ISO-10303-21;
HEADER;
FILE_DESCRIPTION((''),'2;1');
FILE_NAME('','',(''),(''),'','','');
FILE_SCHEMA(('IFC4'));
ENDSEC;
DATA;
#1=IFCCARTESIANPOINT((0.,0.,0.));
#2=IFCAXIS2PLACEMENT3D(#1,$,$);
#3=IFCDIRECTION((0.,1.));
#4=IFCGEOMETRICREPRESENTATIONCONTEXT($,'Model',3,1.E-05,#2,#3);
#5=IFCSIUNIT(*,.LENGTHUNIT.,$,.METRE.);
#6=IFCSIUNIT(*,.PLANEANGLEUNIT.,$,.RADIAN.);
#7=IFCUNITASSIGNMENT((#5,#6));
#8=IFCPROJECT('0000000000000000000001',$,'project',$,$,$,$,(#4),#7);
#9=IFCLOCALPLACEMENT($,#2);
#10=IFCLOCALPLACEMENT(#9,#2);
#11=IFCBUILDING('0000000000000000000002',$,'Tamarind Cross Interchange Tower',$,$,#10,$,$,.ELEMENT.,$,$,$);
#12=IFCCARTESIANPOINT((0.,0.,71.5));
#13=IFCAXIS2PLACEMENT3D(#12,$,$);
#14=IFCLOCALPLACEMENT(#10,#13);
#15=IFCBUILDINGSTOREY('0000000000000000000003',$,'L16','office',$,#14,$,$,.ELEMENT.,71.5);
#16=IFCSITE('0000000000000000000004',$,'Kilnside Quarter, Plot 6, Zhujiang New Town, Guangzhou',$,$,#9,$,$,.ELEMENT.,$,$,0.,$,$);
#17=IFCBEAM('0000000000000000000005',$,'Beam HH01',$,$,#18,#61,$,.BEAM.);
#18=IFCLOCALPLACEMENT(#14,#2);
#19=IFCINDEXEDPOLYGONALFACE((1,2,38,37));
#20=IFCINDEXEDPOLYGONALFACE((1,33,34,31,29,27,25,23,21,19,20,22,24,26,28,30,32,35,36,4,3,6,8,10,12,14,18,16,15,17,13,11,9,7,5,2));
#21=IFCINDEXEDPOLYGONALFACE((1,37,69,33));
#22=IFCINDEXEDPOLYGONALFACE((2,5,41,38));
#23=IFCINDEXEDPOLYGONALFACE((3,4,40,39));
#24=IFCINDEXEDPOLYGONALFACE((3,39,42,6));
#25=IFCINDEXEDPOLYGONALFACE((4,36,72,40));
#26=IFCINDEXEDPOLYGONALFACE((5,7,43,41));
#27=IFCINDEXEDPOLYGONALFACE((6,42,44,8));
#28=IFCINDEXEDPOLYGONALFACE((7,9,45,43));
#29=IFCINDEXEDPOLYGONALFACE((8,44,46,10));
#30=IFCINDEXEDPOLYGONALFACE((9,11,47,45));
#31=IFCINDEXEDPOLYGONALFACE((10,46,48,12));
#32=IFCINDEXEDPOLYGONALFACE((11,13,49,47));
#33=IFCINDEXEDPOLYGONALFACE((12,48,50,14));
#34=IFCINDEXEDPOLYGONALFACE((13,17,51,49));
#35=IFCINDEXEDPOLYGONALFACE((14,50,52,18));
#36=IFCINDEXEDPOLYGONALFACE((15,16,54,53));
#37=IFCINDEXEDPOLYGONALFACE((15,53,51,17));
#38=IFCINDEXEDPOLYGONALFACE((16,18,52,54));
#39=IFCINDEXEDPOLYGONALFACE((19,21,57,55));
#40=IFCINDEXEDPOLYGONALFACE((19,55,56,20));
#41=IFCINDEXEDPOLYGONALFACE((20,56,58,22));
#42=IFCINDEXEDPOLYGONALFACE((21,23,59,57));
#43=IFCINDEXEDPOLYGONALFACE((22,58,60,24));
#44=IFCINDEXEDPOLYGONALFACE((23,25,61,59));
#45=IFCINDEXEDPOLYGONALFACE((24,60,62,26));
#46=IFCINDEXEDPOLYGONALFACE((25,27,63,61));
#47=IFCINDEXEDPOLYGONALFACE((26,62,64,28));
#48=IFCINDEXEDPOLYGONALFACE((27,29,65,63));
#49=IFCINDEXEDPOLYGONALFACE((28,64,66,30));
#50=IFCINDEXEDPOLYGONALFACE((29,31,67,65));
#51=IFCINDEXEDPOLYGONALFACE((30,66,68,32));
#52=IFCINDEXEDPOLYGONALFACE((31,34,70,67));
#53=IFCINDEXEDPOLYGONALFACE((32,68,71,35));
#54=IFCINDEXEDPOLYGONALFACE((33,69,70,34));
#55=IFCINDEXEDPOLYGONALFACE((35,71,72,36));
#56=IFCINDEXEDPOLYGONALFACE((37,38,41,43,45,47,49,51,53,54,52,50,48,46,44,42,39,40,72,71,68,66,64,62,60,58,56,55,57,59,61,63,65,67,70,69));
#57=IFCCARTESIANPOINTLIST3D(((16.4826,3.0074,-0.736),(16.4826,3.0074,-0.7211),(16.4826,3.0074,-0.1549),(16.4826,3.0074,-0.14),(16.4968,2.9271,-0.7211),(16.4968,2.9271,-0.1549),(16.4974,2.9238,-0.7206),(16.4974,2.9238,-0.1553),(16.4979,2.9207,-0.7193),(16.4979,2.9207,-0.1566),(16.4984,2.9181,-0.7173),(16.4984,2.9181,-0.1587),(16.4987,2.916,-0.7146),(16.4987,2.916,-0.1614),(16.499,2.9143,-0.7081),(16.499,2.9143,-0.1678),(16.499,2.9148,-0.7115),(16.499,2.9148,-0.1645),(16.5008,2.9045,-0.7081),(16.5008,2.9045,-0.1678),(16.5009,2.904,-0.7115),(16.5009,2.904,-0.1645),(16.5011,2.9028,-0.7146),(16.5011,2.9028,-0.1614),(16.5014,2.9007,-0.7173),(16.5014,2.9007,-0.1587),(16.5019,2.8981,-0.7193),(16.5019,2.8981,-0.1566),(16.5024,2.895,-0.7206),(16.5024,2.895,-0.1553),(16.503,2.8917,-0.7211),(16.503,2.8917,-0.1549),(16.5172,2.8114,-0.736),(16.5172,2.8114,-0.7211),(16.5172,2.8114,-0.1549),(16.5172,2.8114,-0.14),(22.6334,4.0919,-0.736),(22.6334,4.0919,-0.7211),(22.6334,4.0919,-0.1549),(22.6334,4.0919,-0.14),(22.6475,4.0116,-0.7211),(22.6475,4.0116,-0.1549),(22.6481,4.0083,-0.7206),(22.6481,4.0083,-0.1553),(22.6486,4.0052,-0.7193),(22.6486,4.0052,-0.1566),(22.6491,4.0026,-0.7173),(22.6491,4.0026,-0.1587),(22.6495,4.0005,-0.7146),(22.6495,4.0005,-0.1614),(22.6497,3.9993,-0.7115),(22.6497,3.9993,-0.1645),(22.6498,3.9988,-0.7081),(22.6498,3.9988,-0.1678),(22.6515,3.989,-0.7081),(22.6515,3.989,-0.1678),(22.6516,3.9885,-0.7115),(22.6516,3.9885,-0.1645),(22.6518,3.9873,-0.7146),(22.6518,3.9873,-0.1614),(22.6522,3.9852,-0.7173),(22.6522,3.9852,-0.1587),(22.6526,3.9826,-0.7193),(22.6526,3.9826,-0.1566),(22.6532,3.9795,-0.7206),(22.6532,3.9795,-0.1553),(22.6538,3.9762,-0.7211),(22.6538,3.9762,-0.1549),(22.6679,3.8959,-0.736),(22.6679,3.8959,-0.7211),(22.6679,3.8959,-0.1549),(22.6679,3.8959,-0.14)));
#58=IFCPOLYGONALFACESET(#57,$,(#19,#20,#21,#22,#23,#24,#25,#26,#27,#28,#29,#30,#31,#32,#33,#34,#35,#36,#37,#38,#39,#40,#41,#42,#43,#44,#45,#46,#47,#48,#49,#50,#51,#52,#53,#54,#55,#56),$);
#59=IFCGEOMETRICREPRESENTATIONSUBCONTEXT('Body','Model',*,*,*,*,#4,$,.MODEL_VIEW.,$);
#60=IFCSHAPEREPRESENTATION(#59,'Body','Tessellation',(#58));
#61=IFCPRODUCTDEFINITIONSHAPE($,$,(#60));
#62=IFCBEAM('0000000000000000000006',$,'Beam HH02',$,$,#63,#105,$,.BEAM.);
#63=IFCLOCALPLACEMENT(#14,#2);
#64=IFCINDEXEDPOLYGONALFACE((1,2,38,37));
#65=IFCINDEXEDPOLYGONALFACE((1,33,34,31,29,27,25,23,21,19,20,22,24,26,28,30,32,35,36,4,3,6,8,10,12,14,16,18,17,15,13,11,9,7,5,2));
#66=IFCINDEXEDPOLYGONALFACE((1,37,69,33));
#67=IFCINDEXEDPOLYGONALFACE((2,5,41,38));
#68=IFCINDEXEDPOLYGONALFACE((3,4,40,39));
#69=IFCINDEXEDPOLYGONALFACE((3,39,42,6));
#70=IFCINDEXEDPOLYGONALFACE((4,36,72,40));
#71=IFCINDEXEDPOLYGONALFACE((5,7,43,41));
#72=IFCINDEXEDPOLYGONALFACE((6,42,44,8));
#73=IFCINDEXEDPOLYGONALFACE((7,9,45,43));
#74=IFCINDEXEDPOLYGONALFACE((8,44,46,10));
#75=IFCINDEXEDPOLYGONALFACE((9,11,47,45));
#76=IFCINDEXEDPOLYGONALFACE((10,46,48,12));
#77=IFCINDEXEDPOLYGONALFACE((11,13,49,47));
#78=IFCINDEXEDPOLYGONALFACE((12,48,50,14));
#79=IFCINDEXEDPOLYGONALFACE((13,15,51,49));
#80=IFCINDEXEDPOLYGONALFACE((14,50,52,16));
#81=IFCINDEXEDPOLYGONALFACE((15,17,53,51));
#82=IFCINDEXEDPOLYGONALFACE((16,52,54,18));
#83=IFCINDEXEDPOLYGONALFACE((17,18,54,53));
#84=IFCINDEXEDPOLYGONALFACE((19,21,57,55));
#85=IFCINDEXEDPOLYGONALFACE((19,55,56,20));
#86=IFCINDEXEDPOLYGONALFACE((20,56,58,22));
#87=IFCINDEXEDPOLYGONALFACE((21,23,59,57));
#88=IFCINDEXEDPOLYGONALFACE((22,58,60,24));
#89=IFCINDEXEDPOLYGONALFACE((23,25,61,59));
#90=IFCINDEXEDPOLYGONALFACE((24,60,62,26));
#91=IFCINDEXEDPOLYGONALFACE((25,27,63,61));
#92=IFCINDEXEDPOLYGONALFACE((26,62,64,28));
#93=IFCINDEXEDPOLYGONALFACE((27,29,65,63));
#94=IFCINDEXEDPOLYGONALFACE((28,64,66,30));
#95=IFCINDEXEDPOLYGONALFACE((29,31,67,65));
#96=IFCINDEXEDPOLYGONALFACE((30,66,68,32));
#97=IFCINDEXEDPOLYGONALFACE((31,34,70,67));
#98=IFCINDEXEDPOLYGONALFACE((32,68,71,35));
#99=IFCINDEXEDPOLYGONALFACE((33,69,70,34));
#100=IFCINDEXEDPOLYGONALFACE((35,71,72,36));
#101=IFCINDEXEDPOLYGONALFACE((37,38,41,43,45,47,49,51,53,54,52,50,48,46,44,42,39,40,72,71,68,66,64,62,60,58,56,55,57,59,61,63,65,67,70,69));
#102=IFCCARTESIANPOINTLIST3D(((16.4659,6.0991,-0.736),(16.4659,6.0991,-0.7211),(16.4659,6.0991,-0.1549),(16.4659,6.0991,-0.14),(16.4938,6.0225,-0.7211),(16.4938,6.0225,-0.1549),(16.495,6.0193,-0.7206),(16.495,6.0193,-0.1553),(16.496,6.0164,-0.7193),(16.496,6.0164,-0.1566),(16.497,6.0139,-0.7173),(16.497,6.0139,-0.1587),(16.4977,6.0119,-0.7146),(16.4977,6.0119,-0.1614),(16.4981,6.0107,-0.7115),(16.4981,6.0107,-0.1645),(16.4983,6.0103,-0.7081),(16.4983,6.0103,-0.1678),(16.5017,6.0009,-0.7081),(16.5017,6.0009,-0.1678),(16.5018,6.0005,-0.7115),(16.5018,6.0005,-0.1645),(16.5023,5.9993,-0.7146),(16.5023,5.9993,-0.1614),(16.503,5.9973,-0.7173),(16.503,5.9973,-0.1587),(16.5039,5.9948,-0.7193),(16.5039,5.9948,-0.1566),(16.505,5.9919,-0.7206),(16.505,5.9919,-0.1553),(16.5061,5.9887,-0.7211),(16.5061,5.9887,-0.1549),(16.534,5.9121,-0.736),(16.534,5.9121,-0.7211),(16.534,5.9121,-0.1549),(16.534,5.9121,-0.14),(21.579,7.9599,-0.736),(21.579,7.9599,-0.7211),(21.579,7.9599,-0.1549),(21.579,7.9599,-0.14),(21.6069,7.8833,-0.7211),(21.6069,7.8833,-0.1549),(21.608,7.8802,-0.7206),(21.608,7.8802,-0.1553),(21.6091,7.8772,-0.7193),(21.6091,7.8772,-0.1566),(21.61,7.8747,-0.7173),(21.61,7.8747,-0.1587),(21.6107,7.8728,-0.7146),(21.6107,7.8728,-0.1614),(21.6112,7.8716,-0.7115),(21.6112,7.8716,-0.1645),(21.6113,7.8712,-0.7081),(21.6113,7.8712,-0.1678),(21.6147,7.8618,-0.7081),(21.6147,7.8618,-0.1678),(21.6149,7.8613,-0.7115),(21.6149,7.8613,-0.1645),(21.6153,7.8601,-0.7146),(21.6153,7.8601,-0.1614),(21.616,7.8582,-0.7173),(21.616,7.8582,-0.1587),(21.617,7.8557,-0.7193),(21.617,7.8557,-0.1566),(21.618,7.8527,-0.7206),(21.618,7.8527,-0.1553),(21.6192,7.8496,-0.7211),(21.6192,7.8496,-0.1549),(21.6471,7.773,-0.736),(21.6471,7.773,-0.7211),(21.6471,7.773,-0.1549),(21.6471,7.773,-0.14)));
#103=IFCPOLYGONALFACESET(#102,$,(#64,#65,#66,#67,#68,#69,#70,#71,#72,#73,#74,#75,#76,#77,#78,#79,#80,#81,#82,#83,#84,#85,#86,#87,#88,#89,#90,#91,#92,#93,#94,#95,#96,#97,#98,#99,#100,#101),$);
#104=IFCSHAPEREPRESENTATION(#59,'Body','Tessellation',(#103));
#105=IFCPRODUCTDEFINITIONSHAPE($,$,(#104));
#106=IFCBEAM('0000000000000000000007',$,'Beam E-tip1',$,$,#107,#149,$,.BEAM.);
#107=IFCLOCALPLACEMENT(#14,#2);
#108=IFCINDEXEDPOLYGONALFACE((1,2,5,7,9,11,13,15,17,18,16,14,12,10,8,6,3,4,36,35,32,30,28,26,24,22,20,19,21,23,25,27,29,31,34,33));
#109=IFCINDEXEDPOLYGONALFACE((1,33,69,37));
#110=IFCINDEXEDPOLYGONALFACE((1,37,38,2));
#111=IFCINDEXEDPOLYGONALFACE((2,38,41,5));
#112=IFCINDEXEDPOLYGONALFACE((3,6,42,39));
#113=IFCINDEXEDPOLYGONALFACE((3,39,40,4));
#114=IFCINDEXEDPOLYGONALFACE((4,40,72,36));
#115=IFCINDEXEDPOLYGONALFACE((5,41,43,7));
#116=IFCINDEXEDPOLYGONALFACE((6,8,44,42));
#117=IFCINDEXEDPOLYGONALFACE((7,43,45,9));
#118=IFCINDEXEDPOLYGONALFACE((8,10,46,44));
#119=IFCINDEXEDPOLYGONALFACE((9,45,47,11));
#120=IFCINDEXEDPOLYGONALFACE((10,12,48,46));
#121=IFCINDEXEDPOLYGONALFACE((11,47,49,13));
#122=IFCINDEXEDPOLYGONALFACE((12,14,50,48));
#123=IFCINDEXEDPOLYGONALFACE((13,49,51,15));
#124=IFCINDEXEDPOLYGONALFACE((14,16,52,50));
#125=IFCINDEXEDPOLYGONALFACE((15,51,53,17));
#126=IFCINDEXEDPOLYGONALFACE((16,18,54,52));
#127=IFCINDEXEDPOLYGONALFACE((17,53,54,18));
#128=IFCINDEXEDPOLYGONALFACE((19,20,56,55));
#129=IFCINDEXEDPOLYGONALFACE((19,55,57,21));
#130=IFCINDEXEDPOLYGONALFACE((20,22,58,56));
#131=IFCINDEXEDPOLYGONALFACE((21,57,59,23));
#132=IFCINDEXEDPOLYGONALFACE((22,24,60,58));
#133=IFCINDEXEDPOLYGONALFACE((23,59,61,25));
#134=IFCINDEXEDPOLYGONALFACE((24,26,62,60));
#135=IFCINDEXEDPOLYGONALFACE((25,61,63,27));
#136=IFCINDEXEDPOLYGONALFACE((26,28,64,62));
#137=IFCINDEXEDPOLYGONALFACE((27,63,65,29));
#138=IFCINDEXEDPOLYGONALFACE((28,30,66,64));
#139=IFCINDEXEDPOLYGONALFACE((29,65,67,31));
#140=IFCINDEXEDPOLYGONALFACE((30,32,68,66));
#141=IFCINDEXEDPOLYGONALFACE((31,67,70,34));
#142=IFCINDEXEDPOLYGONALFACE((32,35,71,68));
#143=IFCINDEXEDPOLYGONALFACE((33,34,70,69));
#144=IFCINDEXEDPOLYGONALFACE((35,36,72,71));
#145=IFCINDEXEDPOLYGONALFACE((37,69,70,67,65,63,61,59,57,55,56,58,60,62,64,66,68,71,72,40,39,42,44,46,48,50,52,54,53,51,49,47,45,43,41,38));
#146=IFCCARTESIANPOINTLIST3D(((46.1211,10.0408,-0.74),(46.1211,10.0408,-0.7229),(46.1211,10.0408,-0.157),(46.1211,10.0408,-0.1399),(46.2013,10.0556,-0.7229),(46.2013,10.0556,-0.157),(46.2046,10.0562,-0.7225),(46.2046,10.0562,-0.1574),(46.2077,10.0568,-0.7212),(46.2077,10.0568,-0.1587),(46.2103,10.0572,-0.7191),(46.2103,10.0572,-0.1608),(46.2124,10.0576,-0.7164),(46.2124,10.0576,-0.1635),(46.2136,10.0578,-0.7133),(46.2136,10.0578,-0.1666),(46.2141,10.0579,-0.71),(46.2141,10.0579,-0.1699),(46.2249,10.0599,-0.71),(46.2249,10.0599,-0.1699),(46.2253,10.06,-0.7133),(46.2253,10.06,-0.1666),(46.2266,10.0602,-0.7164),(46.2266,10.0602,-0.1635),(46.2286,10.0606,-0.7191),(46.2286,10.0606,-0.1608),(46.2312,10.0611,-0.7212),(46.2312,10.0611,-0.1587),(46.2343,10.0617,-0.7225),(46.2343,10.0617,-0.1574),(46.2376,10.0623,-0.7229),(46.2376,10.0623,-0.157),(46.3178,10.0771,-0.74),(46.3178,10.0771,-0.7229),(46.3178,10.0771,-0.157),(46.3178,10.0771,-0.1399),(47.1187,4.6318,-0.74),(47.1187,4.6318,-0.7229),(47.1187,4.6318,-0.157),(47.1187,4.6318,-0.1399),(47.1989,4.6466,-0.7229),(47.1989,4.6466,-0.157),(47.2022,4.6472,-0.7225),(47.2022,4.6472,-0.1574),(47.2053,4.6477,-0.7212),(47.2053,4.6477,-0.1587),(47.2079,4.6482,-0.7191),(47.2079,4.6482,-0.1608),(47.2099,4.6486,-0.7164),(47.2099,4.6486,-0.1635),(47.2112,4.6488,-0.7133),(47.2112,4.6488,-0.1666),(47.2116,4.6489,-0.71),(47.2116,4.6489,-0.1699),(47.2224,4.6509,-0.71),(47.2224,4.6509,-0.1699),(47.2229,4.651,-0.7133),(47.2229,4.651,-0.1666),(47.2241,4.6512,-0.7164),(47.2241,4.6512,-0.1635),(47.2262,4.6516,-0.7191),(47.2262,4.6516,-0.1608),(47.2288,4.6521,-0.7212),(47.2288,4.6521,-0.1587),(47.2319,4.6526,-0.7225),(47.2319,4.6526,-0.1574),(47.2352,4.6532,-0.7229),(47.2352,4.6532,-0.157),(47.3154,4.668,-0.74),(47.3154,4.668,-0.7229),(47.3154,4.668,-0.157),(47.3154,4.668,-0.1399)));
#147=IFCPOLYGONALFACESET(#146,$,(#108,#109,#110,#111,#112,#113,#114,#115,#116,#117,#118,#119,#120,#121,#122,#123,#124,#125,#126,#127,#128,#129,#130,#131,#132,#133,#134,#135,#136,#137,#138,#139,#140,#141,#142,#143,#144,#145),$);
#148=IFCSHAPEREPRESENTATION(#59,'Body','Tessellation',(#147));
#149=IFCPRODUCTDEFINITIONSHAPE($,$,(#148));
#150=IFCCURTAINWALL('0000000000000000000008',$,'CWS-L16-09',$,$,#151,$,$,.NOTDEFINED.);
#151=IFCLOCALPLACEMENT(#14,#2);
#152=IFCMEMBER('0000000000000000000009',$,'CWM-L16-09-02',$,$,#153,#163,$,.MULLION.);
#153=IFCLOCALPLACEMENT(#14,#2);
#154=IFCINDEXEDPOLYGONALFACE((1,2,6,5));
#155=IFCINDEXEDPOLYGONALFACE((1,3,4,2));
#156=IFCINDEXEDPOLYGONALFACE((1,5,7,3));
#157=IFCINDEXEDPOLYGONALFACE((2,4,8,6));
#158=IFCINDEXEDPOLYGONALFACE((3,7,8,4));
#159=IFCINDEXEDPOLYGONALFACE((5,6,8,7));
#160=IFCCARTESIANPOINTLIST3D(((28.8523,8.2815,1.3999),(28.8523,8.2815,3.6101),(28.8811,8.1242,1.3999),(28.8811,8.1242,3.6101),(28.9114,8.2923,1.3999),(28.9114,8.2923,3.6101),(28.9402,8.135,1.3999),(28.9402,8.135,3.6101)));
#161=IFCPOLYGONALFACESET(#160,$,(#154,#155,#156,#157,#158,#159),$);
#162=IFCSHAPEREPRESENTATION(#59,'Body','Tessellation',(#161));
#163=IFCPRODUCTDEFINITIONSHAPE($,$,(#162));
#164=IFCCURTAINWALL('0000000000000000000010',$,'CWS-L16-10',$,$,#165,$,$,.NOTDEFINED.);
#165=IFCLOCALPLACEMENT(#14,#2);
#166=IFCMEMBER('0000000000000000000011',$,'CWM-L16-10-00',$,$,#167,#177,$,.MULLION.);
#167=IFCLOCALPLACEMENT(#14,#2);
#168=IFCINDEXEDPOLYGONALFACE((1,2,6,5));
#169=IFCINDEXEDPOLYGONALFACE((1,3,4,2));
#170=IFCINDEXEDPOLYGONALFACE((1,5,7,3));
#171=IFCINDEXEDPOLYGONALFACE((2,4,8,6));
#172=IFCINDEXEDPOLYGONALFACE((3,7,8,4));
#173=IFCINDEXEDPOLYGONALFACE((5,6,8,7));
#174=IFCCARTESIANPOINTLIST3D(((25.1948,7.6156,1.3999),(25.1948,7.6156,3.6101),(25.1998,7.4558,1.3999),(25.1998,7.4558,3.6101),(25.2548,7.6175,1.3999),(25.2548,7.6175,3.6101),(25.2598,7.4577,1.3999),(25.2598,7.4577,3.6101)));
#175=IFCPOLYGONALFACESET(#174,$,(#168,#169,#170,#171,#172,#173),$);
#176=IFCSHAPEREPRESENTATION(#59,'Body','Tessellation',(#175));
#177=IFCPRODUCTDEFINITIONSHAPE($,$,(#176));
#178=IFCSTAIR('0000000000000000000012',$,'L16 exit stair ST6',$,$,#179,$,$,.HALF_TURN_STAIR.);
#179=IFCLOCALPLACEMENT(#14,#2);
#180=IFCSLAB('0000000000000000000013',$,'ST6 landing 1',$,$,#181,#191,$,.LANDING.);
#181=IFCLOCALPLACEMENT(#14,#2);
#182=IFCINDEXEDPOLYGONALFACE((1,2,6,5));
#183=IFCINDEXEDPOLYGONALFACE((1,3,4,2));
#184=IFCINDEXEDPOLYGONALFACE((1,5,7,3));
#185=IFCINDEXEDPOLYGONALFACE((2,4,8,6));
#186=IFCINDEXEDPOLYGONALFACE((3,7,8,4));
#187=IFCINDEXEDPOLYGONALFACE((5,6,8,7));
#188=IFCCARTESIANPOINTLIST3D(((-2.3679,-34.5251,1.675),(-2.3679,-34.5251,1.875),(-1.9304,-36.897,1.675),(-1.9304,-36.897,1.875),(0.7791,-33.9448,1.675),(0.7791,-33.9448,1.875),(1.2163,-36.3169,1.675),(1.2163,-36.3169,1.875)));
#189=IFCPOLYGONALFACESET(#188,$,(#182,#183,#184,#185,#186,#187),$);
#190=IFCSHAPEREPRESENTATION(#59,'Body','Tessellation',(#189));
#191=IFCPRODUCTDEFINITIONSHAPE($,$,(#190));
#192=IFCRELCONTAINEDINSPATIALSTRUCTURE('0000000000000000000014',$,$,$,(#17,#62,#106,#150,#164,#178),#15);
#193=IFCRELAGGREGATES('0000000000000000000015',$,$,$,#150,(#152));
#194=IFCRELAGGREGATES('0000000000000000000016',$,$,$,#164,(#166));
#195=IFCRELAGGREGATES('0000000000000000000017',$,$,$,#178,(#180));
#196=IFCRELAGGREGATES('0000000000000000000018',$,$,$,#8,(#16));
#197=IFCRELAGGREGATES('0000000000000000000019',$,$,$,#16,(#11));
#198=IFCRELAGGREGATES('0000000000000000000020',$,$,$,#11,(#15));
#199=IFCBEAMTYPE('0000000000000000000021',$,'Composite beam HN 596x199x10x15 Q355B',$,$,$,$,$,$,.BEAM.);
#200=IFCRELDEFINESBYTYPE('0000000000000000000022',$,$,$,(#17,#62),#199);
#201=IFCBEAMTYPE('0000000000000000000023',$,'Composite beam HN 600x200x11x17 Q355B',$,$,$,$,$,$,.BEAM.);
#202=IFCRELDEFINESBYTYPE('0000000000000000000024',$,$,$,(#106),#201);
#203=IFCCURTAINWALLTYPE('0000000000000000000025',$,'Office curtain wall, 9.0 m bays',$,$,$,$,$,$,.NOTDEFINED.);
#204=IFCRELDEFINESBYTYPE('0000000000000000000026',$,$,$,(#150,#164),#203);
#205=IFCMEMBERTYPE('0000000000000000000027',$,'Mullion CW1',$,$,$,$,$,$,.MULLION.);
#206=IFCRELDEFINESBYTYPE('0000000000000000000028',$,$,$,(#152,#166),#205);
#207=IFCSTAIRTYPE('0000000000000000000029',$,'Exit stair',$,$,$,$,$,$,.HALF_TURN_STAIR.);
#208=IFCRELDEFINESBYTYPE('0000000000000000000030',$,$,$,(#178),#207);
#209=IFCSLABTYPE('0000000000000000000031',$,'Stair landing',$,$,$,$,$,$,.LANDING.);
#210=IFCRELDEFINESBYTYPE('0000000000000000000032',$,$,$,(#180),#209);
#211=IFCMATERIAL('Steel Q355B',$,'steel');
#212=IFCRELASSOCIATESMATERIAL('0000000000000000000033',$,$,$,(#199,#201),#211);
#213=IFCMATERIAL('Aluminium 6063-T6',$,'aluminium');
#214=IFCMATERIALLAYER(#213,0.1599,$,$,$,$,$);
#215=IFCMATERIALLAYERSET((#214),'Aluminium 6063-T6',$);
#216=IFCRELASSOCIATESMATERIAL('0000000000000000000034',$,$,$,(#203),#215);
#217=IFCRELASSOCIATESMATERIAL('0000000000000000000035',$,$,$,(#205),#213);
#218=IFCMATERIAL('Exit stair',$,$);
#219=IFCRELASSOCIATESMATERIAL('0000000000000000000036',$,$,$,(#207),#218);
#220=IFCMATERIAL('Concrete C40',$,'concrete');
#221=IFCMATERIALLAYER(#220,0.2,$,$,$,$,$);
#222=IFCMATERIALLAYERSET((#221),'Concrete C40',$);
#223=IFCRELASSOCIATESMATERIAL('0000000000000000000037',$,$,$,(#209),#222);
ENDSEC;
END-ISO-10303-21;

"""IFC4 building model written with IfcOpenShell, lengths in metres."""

from ifc_helpers import new_model, si_unit, direction, frame, origin, origin_2d, place, context, subcontext, project, spatial, polyline, rectangle, i_section, outline, extrude, material, layer, layer_set, material_profile, profile_set, type_object, element, aggregate, save


model = new_model("IFC4")

# Units and contexts
model_context = context("Model", 3, precision=1e-05, world=origin(), true_north=direction((0.0, 1.0)))
body_context = subcontext(model_context, "Body", "Model", "MODEL_VIEW")
ifc_project = project(units=[si_unit("LENGTHUNIT", "METRE"), si_unit("PLANEANGLEUNIT", "RADIAN")], contexts=[model_context])

# Site, building, storey
site_placement = place(None, origin())
site = spatial("IfcSite", under=ifc_project, at=site_placement, Name="Kilnside Quarter, Plot 6, Zhujiang New Town, Guangzhou", CompositionType="ELEMENT", RefElevation=0.0)
building_placement = place(site_placement, origin())
building = spatial("IfcBuilding", under=site, at=building_placement, Name="Tamarind Cross Interchange Tower", CompositionType="ELEMENT")
storey_placement = place(building_placement, frame((0.0, 0.0, 71.5)))
storey = spatial("IfcBuildingStorey", under=building, at=storey_placement, Name="L16", Description="office", CompositionType="ELEMENT", Elevation=71.5)

# Beams
ifc_material_1 = material(Name="Steel Q355B", Category="steel")
ifc_material_profile_1 = material_profile(ifc_material_1, i_section(OverallWidth=0.199, OverallDepth=0.5959, WebThickness=0.01, FlangeThickness=0.0149, FilletRadius=0.0129, at=origin_2d()), Name="HN 596x199x10x15")
ifc_profile_set_1 = profile_set([ifc_material_profile_1], Name="Steel Q355B")
beam_type_1 = type_object("IfcBeamType", Name="Composite beam HN 596x199x10x15 Q355B", PredefinedType="BEAM", material=ifc_profile_set_1)
beam_1_placement = place(storey_placement, frame((22.6506, 3.9939, -0.438), z_axis=(-0.984809, -0.17364, 0.0), x_axis=(0.17364, -0.984809, 0.0)))
element("IfcBeam", 1, at=beam_1_placement, inside=storey, type_object=beam_type_1, Name="Beam HH01", PredefinedType="BEAM", context=body_context, shape_type="SweptSolid", body=[
    extrude(i_section(OverallWidth=0.199, OverallDepth=0.5959, WebThickness=0.01, FlangeThickness=0.0149, FilletRadius=0.0129, at=origin_2d()), origin(), (0.0, 0.0, 1.0), 6.2456),
])
beam_2_placement = place(storey_placement, frame((21.613, 7.8665, -0.438), z_axis=(-0.939702, -0.341995, 0.0), x_axis=(0.341995, -0.939702, 0.0)))
element("IfcBeam", 2, at=beam_2_placement, inside=storey, type_object=beam_type_1, Name="Beam HH02", PredefinedType="BEAM", context=body_context, shape_type="SweptSolid", body=[
    extrude(i_section(OverallWidth=0.199, OverallDepth=0.5959, WebThickness=0.01, FlangeThickness=0.0149, FilletRadius=0.0129, at=origin_2d()), origin(), (0.0, 0.0, 1.0), 5.4412),
])
ifc_material_profile_2 = material_profile(ifc_material_1, i_section(OverallWidth=0.2, OverallDepth=0.6001, WebThickness=0.011, FlangeThickness=0.0171, FilletRadius=0.0129, at=origin_2d()), Name="HN 600x200x11x17")
ifc_profile_set_2 = profile_set([ifc_material_profile_2], Name="Steel Q355B")
beam_type_2 = type_object("IfcBeamType", Name="Composite beam HN 600x200x11x17 Q355B", PredefinedType="BEAM", material=ifc_profile_set_2)
beam_3_placement = place(storey_placement, frame((47.217, 4.6499, -0.4399), z_axis=(-0.181369, 0.983415, 0.0), x_axis=(-0.983415, -0.181369, 0.0)))
element("IfcBeam", 3, at=beam_3_placement, inside=storey, type_object=beam_type_2, Name="Beam E-tip1", PredefinedType="BEAM", context=body_context, shape_type="SweptSolid", body=[
    extrude(i_section(OverallWidth=0.2, OverallDepth=0.6001, WebThickness=0.011, FlangeThickness=0.0171, FilletRadius=0.0129, at=origin_2d()), origin(), (0.0, 0.0, 1.0), 5.5002),
])

# Curtain walls, members
ifc_material_2 = material(Name="Aluminium 6063-T6", Category="aluminium")
ifc_layer_1 = layer(ifc_material_2, 0.1599)
ifc_layer_set_1 = layer_set([ifc_layer_1], Name="Aluminium 6063-T6")
curtain_wall_type = type_object("IfcCurtainWallType", Name="Office curtain wall, 9.0 m bays", PredefinedType="NOTDEFINED", material=ifc_layer_set_1)
curtain_wall_1_placement = place(storey_placement, origin())
curtain_wall_1 = element("IfcCurtainWall", 4, at=curtain_wall_1_placement, inside=storey, type_object=curtain_wall_type, Name="CWS-L16-09", PredefinedType="NOTDEFINED")
ifc_material_profile_3 = material_profile(ifc_material_2, rectangle(XDim=0.0601, YDim=0.1599, at=origin_2d()), Name="Mullion CW1")
ifc_profile_set_3 = profile_set([ifc_material_profile_3], Name="Aluminium 6063-T6")
member_type = type_object("IfcMemberType", Name="Mullion CW1", PredefinedType="MULLION", material=ifc_profile_set_3)
member_1_placement = place(storey_placement, frame((28.8962, 8.2083, 1.3999), z_axis=(0.0, 0.0, 1.0), x_axis=(-0.983651, -0.180086, 0.0)))
member_1 = element("IfcMember", 5, at=member_1_placement, type_object=member_type, Name="CWM-L16-09-02", PredefinedType="MULLION", context=body_context, shape_type="SweptSolid", body=[
    extrude(rectangle(XDim=0.0601, YDim=0.1599, at=origin_2d()), origin(), (0.0, 0.0, 1.0), 2.2102),
])
aggregate(curtain_wall_1, [member_1])
curtain_wall_2_placement = place(storey_placement, origin())
curtain_wall_2 = element("IfcCurtainWall", 6, at=curtain_wall_2_placement, inside=storey, type_object=curtain_wall_type, Name="CWS-L16-10", PredefinedType="NOTDEFINED")
member_2_placement = place(storey_placement, frame((25.2273, 7.5366, 1.3999), z_axis=(0.0, 0.0, 1.0), x_axis=(-0.999503, -0.031515, 0.0)))
member_2 = element("IfcMember", 7, at=member_2_placement, type_object=member_type, Name="CWM-L16-10-00", PredefinedType="MULLION", context=body_context, shape_type="SweptSolid", body=[
    extrude(rectangle(XDim=0.0601, YDim=0.1599, at=origin_2d()), origin(), (0.0, 0.0, 1.0), 2.2102),
])
aggregate(curtain_wall_2, [member_2])

# Stair, slab
ifc_material_3 = material(Name="Exit stair")
stair_type = type_object("IfcStairType", Name="Exit stair", PredefinedType="HALF_TURN_STAIR", material=ifc_material_3)
stair_1_placement = place(storey_placement, origin())
stair_1 = element("IfcStair", 8, at=stair_1_placement, inside=storey, type_object=stair_type, Name="L16 exit stair ST6", PredefinedType="HALF_TURN_STAIR")
ifc_material_4 = material(Name="Concrete C40", Category="concrete")
ifc_layer_2 = layer(ifc_material_4, 0.2)
ifc_layer_set_2 = layer_set([ifc_layer_2], Name="Concrete C40")
slab_type = type_object("IfcSlabType", Name="Stair landing", PredefinedType="LANDING", material=ifc_layer_set_2)
slab_placement = place(storey_placement, frame((0.0, 0.0, 1.675)))
slab = element("IfcSlab", 9, at=slab_placement, type_object=slab_type, Name="ST6 landing 1", PredefinedType="LANDING", context=body_context, shape_type="SweptSolid", body=[
    extrude(outline(polyline([(-2.3679, -34.5251), (-1.9304, -36.897), (1.2163, -36.3169), (0.7791, -33.9448), (-2.3679, -34.5251)])), origin(), (0.0, 0.0, 1.0), 0.2),
])
aggregate(stair_1, [slab])

save(model, "model.ifc")
